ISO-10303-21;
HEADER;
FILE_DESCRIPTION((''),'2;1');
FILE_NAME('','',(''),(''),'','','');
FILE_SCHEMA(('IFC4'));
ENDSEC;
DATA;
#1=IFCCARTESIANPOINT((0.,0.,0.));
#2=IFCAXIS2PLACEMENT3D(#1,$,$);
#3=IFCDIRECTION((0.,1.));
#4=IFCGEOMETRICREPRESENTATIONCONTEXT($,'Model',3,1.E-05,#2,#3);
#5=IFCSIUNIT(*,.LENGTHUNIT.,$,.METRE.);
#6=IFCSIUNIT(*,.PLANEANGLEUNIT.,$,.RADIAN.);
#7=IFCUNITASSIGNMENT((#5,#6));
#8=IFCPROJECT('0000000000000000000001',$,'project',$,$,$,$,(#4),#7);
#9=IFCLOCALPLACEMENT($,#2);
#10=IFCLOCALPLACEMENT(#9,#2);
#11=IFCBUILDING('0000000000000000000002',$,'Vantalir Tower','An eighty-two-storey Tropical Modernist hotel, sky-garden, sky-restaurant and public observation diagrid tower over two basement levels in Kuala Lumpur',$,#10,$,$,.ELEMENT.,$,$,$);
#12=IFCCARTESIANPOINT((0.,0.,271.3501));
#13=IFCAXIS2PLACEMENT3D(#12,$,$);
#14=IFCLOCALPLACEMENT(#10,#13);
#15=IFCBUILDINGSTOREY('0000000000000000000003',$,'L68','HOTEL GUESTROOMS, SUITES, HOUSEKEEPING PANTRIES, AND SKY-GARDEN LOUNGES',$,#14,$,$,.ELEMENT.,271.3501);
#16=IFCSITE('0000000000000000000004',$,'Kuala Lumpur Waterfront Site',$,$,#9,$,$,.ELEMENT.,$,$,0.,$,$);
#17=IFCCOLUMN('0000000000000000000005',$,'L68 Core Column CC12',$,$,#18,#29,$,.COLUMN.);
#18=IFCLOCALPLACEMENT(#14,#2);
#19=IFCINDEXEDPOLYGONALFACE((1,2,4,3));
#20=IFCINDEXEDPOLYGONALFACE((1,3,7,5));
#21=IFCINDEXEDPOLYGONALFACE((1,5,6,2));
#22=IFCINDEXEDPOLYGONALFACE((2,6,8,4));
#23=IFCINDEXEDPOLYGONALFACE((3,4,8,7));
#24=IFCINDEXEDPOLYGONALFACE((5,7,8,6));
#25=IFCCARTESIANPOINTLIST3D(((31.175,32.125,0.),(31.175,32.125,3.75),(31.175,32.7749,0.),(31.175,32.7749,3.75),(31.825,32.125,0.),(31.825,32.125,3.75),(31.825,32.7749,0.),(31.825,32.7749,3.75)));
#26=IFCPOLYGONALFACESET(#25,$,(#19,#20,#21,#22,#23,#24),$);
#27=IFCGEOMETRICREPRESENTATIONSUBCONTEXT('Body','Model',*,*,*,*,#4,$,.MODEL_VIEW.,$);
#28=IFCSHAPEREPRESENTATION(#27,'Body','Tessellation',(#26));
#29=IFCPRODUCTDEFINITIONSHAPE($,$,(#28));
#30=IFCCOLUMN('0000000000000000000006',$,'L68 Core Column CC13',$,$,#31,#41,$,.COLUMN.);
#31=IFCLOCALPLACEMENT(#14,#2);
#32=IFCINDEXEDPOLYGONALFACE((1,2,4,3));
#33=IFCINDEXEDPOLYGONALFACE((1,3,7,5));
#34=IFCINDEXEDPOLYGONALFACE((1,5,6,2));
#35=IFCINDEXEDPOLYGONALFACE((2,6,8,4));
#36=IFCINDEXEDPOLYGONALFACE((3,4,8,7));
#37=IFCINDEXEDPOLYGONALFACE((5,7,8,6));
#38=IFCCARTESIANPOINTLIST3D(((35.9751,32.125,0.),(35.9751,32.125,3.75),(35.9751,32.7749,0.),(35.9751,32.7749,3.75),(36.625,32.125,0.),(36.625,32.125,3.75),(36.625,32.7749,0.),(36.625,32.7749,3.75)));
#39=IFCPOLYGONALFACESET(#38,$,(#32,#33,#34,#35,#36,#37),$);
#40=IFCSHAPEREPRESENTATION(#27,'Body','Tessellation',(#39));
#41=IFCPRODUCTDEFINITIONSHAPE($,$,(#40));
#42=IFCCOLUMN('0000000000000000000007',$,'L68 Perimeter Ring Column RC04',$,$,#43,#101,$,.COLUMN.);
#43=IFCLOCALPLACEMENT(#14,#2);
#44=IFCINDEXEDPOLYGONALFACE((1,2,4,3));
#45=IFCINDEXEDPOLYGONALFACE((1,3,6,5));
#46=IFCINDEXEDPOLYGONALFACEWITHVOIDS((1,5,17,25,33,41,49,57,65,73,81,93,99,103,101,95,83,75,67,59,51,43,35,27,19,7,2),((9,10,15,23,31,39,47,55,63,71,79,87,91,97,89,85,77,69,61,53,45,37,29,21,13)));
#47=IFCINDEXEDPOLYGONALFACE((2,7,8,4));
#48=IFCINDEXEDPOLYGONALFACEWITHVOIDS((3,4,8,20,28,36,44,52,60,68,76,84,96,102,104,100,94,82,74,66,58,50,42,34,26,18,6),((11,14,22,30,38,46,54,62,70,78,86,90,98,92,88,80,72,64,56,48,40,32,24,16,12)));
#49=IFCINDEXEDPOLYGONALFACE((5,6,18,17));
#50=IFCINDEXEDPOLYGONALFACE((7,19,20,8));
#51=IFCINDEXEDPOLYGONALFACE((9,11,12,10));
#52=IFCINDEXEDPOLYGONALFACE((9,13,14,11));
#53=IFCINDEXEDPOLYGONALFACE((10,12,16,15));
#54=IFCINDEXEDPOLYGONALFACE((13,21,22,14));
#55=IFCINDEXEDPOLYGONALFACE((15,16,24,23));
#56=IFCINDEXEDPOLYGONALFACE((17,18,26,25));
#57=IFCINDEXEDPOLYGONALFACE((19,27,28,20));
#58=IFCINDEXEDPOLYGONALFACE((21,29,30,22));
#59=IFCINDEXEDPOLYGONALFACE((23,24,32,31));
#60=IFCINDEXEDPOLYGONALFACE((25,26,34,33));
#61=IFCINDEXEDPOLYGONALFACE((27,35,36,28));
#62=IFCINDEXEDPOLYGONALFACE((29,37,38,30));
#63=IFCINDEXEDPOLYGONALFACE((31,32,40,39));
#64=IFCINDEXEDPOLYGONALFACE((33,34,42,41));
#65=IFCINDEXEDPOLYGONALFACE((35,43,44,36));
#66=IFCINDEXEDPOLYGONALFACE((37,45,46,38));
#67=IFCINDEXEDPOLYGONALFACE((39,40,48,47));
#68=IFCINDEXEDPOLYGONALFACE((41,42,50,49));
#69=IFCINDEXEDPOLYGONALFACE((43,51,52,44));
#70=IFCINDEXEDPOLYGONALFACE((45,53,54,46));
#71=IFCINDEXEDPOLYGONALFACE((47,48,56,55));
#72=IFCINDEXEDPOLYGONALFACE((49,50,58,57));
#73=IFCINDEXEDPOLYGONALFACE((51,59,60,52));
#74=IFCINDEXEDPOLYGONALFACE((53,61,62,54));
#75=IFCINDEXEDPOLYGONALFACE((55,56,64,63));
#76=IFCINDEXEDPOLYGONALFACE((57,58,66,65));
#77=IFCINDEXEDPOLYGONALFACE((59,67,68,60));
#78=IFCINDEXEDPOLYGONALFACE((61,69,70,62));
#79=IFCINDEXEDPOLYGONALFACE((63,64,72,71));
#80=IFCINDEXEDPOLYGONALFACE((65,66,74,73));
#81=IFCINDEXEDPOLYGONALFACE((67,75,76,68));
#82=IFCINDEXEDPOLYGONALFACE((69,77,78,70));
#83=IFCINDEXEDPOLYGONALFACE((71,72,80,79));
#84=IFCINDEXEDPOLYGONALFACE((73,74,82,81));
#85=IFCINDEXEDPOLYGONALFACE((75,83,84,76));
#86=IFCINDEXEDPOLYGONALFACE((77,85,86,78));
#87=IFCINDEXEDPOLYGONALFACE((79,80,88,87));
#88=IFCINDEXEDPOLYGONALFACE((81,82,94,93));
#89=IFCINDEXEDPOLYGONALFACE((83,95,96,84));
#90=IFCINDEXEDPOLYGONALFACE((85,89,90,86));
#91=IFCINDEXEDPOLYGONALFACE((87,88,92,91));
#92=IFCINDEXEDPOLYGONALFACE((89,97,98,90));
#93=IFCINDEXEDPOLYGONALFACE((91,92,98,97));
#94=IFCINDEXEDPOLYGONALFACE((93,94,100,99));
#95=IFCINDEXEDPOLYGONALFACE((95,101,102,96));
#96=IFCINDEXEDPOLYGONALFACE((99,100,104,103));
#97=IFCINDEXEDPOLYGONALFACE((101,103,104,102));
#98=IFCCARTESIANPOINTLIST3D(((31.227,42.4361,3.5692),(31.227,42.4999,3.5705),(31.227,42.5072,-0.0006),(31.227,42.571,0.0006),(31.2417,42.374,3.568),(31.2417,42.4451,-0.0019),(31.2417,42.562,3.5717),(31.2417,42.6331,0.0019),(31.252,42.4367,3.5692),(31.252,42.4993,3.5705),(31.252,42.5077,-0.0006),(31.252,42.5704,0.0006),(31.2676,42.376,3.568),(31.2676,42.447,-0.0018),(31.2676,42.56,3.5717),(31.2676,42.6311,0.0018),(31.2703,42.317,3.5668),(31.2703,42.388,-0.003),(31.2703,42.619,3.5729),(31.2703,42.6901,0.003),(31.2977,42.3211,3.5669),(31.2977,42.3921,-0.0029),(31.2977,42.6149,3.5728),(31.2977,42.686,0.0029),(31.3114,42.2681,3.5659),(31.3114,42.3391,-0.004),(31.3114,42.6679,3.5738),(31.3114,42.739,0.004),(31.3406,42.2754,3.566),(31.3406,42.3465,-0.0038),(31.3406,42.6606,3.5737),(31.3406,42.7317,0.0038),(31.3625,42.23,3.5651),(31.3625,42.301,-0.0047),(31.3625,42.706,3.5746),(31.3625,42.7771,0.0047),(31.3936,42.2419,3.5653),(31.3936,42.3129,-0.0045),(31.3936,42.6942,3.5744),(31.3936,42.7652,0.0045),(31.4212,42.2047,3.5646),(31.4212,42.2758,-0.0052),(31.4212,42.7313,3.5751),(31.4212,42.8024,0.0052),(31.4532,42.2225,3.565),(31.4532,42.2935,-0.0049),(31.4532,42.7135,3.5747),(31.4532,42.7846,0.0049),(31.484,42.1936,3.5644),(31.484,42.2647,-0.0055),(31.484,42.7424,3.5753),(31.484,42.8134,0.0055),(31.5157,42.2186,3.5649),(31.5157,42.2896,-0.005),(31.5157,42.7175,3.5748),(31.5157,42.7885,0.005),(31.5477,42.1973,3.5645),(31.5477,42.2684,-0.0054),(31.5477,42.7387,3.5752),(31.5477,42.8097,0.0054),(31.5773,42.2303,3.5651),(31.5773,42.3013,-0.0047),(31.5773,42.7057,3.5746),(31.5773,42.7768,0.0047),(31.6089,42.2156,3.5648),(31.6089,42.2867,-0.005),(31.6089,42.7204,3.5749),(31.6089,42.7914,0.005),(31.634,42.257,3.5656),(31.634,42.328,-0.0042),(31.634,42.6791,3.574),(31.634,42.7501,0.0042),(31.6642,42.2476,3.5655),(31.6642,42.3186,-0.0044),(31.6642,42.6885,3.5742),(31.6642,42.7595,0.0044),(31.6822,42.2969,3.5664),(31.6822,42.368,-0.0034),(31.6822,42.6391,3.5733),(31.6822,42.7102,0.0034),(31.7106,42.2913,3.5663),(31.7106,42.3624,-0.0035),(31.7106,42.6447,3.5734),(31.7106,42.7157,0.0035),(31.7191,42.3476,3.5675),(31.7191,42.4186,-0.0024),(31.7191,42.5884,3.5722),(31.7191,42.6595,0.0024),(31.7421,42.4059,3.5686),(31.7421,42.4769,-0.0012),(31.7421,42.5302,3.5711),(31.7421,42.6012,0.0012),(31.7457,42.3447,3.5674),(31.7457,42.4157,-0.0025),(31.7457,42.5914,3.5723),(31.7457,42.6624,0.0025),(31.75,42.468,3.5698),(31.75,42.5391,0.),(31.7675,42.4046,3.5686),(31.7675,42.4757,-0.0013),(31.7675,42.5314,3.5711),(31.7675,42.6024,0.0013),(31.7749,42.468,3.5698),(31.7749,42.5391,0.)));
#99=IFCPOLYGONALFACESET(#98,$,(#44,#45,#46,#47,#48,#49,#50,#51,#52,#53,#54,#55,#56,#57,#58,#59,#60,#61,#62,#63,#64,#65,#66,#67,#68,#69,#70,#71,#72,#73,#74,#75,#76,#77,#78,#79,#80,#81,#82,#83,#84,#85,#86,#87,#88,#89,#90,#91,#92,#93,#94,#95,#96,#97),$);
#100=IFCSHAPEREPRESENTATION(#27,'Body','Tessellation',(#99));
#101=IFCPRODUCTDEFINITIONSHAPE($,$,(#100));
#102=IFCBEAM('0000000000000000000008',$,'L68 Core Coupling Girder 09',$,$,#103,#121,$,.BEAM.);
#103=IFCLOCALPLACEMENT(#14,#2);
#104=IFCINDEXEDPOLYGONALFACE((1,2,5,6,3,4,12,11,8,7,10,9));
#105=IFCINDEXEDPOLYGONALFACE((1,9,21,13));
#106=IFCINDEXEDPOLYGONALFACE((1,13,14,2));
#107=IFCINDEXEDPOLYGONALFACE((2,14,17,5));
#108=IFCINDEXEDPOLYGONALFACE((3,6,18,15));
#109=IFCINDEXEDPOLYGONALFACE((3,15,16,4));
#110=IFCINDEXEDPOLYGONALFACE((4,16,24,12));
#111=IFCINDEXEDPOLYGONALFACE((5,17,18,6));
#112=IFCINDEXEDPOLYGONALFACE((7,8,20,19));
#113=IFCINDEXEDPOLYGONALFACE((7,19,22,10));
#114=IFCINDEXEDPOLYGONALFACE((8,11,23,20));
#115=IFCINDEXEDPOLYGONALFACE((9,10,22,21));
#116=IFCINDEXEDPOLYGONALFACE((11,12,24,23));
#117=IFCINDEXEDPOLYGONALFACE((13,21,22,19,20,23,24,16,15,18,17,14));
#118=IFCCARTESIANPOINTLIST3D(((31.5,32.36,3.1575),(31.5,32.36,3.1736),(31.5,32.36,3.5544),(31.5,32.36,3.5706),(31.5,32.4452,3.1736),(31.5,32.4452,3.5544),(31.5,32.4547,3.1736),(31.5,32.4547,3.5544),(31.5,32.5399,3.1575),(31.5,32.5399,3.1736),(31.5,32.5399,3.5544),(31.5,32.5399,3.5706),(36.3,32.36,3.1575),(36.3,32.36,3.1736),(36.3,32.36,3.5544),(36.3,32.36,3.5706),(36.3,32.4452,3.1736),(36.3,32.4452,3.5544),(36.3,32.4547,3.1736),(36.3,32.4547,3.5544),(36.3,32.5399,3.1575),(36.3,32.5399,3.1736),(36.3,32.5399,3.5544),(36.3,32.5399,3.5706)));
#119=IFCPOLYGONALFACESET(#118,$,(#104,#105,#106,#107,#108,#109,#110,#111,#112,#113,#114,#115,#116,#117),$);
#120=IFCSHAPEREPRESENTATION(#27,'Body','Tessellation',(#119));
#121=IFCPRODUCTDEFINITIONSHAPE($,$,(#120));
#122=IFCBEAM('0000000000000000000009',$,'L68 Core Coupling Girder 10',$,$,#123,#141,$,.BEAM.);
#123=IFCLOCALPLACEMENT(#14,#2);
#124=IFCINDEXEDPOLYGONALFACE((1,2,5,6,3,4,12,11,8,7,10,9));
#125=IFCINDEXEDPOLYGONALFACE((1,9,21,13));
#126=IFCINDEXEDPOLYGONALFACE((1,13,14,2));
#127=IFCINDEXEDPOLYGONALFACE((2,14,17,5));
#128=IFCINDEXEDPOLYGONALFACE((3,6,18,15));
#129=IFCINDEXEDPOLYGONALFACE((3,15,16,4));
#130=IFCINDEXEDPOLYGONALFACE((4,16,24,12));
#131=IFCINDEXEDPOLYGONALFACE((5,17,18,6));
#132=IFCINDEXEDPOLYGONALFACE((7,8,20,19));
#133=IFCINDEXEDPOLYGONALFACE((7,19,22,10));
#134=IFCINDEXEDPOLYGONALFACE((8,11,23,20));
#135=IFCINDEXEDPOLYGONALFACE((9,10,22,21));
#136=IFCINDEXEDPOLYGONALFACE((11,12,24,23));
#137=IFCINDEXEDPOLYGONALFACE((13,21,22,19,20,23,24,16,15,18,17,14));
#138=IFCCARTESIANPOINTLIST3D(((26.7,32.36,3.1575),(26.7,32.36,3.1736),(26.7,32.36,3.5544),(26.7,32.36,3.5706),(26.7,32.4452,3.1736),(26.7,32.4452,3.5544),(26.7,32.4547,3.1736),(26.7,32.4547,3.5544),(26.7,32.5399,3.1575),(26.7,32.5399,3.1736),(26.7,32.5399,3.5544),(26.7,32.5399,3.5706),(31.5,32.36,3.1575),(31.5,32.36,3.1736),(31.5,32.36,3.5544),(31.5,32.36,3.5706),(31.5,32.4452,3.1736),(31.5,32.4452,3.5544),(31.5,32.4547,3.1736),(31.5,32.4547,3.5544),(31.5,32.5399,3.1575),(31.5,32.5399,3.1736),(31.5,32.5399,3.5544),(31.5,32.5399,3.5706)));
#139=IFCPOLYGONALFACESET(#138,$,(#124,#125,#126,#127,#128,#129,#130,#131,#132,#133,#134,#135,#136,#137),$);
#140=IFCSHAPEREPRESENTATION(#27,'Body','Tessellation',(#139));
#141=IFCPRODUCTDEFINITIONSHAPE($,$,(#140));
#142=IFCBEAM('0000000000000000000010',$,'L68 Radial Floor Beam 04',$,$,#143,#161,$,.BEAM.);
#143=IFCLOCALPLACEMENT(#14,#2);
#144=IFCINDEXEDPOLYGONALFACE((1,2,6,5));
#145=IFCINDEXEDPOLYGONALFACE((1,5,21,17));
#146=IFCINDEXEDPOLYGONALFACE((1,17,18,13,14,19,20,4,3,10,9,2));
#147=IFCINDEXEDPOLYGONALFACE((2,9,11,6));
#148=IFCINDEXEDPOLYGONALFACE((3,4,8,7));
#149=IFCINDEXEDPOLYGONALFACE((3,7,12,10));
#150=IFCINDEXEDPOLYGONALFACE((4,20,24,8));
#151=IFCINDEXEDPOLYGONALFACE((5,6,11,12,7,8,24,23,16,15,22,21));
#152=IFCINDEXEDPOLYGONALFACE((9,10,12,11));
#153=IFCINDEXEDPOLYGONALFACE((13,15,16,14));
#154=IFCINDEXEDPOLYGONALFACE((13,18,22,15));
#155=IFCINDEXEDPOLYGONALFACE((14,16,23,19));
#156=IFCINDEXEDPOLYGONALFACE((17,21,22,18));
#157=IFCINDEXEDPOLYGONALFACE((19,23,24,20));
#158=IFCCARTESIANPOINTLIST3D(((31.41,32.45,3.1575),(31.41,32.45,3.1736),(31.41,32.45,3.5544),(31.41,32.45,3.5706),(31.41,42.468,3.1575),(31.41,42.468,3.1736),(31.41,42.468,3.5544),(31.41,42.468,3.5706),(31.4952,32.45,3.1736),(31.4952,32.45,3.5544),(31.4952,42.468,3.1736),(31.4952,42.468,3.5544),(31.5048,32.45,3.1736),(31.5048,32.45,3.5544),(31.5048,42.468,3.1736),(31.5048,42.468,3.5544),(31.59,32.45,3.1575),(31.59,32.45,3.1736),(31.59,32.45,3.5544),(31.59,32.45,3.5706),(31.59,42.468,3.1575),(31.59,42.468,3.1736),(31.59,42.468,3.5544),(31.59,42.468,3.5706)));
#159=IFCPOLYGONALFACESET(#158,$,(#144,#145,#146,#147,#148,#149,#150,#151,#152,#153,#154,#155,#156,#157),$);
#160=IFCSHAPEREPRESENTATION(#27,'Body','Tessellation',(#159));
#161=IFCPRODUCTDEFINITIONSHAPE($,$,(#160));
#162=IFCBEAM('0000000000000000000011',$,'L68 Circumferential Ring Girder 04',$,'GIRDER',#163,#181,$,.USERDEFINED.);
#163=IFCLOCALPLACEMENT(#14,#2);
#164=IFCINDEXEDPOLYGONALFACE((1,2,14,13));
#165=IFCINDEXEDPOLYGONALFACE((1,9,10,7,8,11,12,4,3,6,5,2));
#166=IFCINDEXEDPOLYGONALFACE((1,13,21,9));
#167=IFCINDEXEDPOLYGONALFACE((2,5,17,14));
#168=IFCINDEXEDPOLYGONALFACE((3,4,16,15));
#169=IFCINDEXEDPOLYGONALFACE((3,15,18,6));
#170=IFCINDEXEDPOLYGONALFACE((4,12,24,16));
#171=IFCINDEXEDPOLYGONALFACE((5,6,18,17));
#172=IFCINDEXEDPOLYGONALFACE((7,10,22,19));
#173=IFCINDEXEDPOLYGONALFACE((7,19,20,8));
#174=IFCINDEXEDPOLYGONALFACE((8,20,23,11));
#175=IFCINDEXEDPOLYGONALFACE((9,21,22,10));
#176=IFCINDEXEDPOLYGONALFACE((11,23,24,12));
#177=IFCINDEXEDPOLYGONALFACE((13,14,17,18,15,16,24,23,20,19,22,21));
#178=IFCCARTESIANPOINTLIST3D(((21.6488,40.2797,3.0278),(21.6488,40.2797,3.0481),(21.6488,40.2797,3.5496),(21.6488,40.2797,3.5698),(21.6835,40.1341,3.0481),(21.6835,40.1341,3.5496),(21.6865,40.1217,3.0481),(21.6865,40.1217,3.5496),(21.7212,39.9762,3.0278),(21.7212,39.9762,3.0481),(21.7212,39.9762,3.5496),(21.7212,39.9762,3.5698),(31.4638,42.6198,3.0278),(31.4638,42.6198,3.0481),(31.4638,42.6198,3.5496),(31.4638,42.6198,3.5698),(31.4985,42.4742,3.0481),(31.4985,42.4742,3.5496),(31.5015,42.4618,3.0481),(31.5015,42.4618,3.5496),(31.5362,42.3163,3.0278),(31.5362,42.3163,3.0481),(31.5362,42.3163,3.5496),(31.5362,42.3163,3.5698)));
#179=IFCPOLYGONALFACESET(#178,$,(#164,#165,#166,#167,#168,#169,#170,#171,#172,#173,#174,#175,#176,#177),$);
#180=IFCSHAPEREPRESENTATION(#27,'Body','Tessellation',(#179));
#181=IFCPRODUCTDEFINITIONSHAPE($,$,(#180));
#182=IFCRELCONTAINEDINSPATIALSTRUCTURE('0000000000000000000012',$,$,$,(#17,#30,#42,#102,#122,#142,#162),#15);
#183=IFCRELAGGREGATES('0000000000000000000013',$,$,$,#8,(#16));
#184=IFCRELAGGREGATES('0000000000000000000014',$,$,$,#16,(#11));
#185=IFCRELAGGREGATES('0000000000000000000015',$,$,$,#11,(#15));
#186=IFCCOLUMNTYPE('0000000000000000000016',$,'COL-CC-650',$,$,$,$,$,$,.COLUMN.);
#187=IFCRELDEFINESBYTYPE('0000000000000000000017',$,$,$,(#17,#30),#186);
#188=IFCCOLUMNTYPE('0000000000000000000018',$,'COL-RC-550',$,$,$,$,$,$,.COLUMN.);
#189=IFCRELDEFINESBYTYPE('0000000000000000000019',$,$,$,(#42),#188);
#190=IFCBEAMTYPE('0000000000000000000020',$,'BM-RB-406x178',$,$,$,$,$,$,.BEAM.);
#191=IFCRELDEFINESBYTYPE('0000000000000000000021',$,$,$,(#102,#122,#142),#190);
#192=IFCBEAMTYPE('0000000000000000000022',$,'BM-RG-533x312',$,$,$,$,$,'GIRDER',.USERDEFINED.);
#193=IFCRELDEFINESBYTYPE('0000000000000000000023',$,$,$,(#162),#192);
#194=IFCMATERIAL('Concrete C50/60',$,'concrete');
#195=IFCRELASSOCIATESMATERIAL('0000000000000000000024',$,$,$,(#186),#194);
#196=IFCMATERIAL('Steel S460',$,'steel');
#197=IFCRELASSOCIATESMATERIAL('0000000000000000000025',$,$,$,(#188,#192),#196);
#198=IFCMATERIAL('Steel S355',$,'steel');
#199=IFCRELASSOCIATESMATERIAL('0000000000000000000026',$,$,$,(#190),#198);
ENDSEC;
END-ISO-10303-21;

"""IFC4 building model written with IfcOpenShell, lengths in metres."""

from ifc_helpers import new_model, si_unit, direction, frame, origin, origin_2d, place, context, subcontext, project, spatial, rectangle, hollow_circle, i_section, extrude, material, material_profile, profile_set, type_object, element, save


model = new_model("IFC4")

# Units and contexts
model_context = context("Model", 3, precision=1e-05, world=origin(), true_north=direction((0.0, 1.0)))
body_context = subcontext(model_context, "Body", "Model", "MODEL_VIEW")
ifc_project = project(units=[si_unit("LENGTHUNIT", "METRE"), si_unit("PLANEANGLEUNIT", "RADIAN")], contexts=[model_context])

# Site, building, storey
site_placement = place(None, origin())
site = spatial("IfcSite", under=ifc_project, at=site_placement, Name="Kuala Lumpur Waterfront Site", CompositionType="ELEMENT", RefElevation=0.0)
building_placement = place(site_placement, origin())
building = spatial("IfcBuilding", under=site, at=building_placement, Name="Vantalir Tower", Description="An eighty-two-storey Tropical Modernist hotel, sky-garden, sky-restaurant and public observation diagrid tower over two basement levels in Kuala Lumpur", CompositionType="ELEMENT")
storey_placement = place(building_placement, frame((0.0, 0.0, 271.3501)))
storey = spatial("IfcBuildingStorey", under=building, at=storey_placement, Name="L68", Description="HOTEL GUESTROOMS, SUITES, HOUSEKEEPING PANTRIES, AND SKY-GARDEN LOUNGES", CompositionType="ELEMENT", Elevation=271.3501)

# Columns
ifc_material_1 = material(Name="Concrete C50/60", Category="concrete")
ifc_material_profile_1 = material_profile(ifc_material_1, rectangle(XDim=0.6499, YDim=0.6499, at=origin_2d()), Name="Concrete C50/60")
ifc_profile_set_1 = profile_set([ifc_material_profile_1], Name="Concrete C50/60")
column_type_1 = type_object("IfcColumnType", Name="COL-CC-650", PredefinedType="COLUMN", material=ifc_profile_set_1)
for number, where, z_axis, x_axis, name in (
    (1, (31.5, 32.45, 0.0), (0.0, 0.0, 1.0), (1.0, 0.0, 0.0), "L68 Core Column CC12"),
    (2, (36.3, 32.45, 0.0), (0.0, 0.0, 1.0), (1.0, 0.0, 0.0), "L68 Core Column CC13"),
):
    element("IfcColumn", number, at=place(storey_placement, frame(where, z_axis=z_axis, x_axis=x_axis)), inside=storey, type_object=column_type_1, Name=name, PredefinedType="COLUMN", context=body_context, shape_type="SweptSolid", body=[
        extrude(rectangle(XDim=0.6499, YDim=0.6499, at=origin_2d()), origin(), (0.0, 0.0, 1.0), 3.75),
    ])
ifc_material_2 = material(Name="Steel S460", Category="steel")
ifc_material_profile_2 = material_profile(ifc_material_2, hollow_circle(Radius=0.2749, WallThickness=0.0249, at=origin_2d()), Name="Steel S460")
ifc_profile_set_2 = profile_set([ifc_material_profile_2], Name="Steel S460")
column_type_2 = type_object("IfcColumnType", Name="COL-RC-550", PredefinedType="COLUMN", material=ifc_profile_set_2)
column_placement = place(storey_placement, frame((31.5, 42.5391, 0.0), z_axis=(0.0, -0.019898, 0.999802), x_axis=(1.0, 0.0, 0.0)))
element("IfcColumn", 3, at=column_placement, inside=storey, type_object=column_type_2, Name="L68 Perimeter Ring Column RC04", PredefinedType="COLUMN", context=body_context, shape_type="SweptSolid", body=[
    extrude(hollow_circle(Radius=0.2749, WallThickness=0.0249, at=origin_2d()), origin(), (0.0, 0.0, 1.0), 3.5706),
])

# Beams
ifc_material_3 = material(Name="Steel S355", Category="steel")
ifc_material_profile_3 = material_profile(ifc_material_3, i_section(OverallWidth=0.1799, OverallDepth=0.4131, WebThickness=0.0095, FlangeThickness=0.0161, at=origin_2d()), Name="Steel S355")
ifc_profile_set_3 = profile_set([ifc_material_profile_3], Name="Steel S355")
beam_type_1 = type_object("IfcBeamType", Name="BM-RB-406x178", PredefinedType="BEAM", material=ifc_profile_set_3)
for number, where, z_axis, x_axis, name in (
    (4, (36.3, 32.45, 3.364), (-1.0, 0.0, 0.0), (0.0, -1.0, 0.0), "L68 Core Coupling Girder 09"),
    (5, (31.5, 32.45, 3.364), (-1.0, 0.0, 0.0), (0.0, -1.0, 0.0), "L68 Core Coupling Girder 10"),
):
    element("IfcBeam", number, at=place(storey_placement, frame(where, z_axis=z_axis, x_axis=x_axis)), inside=storey, type_object=beam_type_1, Name=name, PredefinedType="BEAM", context=body_context, shape_type="SweptSolid", body=[
        extrude(i_section(OverallWidth=0.1799, OverallDepth=0.4131, WebThickness=0.0095, FlangeThickness=0.0161, at=origin_2d()), origin(), (0.0, 0.0, 1.0), 4.8),
    ])
beam_1_placement = place(storey_placement, frame((31.5, 42.468, 3.364), z_axis=(0.0, -1.0, 0.0), x_axis=(1.0, 0.0, 0.0)))
element("IfcBeam", 6, at=beam_1_placement, inside=storey, type_object=beam_type_1, Name="L68 Radial Floor Beam 04", PredefinedType="BEAM", context=body_context, shape_type="SweptSolid", body=[
    extrude(i_section(OverallWidth=0.1799, OverallDepth=0.4131, WebThickness=0.0095, FlangeThickness=0.0161, at=origin_2d()), origin(), (0.0, 0.0, 1.0), 10.0181),
])
ifc_material_profile_4 = material_profile(ifc_material_2, i_section(OverallWidth=0.312, OverallDepth=0.542, WebThickness=0.0127, FlangeThickness=0.0203, at=origin_2d()), Name="Steel S460")
ifc_profile_set_4 = profile_set([ifc_material_profile_4], Name="Steel S460")
beam_type_2 = type_object("IfcBeamType", Name="BM-RG-533x312", ElementType="GIRDER", PredefinedType="USERDEFINED", material=ifc_profile_set_4)
beam_2_placement = place(storey_placement, frame((31.5, 42.468, 3.2988), z_axis=(-0.972735, -0.23192, 0.0), x_axis=(0.23192, -0.972735, 0.0)))
element("IfcBeam", 7, at=beam_2_placement, inside=storey, type_object=beam_type_2, Name="L68 Circumferential Ring Girder 04", ObjectType="GIRDER", PredefinedType="USERDEFINED", context=body_context, shape_type="SweptSolid", body=[
    extrude(i_section(OverallWidth=0.312, OverallDepth=0.542, WebThickness=0.0127, FlangeThickness=0.0203, at=origin_2d()), origin(), (0.0, 0.0, 1.0), 10.0901),
])

save(model, "model.ifc")
